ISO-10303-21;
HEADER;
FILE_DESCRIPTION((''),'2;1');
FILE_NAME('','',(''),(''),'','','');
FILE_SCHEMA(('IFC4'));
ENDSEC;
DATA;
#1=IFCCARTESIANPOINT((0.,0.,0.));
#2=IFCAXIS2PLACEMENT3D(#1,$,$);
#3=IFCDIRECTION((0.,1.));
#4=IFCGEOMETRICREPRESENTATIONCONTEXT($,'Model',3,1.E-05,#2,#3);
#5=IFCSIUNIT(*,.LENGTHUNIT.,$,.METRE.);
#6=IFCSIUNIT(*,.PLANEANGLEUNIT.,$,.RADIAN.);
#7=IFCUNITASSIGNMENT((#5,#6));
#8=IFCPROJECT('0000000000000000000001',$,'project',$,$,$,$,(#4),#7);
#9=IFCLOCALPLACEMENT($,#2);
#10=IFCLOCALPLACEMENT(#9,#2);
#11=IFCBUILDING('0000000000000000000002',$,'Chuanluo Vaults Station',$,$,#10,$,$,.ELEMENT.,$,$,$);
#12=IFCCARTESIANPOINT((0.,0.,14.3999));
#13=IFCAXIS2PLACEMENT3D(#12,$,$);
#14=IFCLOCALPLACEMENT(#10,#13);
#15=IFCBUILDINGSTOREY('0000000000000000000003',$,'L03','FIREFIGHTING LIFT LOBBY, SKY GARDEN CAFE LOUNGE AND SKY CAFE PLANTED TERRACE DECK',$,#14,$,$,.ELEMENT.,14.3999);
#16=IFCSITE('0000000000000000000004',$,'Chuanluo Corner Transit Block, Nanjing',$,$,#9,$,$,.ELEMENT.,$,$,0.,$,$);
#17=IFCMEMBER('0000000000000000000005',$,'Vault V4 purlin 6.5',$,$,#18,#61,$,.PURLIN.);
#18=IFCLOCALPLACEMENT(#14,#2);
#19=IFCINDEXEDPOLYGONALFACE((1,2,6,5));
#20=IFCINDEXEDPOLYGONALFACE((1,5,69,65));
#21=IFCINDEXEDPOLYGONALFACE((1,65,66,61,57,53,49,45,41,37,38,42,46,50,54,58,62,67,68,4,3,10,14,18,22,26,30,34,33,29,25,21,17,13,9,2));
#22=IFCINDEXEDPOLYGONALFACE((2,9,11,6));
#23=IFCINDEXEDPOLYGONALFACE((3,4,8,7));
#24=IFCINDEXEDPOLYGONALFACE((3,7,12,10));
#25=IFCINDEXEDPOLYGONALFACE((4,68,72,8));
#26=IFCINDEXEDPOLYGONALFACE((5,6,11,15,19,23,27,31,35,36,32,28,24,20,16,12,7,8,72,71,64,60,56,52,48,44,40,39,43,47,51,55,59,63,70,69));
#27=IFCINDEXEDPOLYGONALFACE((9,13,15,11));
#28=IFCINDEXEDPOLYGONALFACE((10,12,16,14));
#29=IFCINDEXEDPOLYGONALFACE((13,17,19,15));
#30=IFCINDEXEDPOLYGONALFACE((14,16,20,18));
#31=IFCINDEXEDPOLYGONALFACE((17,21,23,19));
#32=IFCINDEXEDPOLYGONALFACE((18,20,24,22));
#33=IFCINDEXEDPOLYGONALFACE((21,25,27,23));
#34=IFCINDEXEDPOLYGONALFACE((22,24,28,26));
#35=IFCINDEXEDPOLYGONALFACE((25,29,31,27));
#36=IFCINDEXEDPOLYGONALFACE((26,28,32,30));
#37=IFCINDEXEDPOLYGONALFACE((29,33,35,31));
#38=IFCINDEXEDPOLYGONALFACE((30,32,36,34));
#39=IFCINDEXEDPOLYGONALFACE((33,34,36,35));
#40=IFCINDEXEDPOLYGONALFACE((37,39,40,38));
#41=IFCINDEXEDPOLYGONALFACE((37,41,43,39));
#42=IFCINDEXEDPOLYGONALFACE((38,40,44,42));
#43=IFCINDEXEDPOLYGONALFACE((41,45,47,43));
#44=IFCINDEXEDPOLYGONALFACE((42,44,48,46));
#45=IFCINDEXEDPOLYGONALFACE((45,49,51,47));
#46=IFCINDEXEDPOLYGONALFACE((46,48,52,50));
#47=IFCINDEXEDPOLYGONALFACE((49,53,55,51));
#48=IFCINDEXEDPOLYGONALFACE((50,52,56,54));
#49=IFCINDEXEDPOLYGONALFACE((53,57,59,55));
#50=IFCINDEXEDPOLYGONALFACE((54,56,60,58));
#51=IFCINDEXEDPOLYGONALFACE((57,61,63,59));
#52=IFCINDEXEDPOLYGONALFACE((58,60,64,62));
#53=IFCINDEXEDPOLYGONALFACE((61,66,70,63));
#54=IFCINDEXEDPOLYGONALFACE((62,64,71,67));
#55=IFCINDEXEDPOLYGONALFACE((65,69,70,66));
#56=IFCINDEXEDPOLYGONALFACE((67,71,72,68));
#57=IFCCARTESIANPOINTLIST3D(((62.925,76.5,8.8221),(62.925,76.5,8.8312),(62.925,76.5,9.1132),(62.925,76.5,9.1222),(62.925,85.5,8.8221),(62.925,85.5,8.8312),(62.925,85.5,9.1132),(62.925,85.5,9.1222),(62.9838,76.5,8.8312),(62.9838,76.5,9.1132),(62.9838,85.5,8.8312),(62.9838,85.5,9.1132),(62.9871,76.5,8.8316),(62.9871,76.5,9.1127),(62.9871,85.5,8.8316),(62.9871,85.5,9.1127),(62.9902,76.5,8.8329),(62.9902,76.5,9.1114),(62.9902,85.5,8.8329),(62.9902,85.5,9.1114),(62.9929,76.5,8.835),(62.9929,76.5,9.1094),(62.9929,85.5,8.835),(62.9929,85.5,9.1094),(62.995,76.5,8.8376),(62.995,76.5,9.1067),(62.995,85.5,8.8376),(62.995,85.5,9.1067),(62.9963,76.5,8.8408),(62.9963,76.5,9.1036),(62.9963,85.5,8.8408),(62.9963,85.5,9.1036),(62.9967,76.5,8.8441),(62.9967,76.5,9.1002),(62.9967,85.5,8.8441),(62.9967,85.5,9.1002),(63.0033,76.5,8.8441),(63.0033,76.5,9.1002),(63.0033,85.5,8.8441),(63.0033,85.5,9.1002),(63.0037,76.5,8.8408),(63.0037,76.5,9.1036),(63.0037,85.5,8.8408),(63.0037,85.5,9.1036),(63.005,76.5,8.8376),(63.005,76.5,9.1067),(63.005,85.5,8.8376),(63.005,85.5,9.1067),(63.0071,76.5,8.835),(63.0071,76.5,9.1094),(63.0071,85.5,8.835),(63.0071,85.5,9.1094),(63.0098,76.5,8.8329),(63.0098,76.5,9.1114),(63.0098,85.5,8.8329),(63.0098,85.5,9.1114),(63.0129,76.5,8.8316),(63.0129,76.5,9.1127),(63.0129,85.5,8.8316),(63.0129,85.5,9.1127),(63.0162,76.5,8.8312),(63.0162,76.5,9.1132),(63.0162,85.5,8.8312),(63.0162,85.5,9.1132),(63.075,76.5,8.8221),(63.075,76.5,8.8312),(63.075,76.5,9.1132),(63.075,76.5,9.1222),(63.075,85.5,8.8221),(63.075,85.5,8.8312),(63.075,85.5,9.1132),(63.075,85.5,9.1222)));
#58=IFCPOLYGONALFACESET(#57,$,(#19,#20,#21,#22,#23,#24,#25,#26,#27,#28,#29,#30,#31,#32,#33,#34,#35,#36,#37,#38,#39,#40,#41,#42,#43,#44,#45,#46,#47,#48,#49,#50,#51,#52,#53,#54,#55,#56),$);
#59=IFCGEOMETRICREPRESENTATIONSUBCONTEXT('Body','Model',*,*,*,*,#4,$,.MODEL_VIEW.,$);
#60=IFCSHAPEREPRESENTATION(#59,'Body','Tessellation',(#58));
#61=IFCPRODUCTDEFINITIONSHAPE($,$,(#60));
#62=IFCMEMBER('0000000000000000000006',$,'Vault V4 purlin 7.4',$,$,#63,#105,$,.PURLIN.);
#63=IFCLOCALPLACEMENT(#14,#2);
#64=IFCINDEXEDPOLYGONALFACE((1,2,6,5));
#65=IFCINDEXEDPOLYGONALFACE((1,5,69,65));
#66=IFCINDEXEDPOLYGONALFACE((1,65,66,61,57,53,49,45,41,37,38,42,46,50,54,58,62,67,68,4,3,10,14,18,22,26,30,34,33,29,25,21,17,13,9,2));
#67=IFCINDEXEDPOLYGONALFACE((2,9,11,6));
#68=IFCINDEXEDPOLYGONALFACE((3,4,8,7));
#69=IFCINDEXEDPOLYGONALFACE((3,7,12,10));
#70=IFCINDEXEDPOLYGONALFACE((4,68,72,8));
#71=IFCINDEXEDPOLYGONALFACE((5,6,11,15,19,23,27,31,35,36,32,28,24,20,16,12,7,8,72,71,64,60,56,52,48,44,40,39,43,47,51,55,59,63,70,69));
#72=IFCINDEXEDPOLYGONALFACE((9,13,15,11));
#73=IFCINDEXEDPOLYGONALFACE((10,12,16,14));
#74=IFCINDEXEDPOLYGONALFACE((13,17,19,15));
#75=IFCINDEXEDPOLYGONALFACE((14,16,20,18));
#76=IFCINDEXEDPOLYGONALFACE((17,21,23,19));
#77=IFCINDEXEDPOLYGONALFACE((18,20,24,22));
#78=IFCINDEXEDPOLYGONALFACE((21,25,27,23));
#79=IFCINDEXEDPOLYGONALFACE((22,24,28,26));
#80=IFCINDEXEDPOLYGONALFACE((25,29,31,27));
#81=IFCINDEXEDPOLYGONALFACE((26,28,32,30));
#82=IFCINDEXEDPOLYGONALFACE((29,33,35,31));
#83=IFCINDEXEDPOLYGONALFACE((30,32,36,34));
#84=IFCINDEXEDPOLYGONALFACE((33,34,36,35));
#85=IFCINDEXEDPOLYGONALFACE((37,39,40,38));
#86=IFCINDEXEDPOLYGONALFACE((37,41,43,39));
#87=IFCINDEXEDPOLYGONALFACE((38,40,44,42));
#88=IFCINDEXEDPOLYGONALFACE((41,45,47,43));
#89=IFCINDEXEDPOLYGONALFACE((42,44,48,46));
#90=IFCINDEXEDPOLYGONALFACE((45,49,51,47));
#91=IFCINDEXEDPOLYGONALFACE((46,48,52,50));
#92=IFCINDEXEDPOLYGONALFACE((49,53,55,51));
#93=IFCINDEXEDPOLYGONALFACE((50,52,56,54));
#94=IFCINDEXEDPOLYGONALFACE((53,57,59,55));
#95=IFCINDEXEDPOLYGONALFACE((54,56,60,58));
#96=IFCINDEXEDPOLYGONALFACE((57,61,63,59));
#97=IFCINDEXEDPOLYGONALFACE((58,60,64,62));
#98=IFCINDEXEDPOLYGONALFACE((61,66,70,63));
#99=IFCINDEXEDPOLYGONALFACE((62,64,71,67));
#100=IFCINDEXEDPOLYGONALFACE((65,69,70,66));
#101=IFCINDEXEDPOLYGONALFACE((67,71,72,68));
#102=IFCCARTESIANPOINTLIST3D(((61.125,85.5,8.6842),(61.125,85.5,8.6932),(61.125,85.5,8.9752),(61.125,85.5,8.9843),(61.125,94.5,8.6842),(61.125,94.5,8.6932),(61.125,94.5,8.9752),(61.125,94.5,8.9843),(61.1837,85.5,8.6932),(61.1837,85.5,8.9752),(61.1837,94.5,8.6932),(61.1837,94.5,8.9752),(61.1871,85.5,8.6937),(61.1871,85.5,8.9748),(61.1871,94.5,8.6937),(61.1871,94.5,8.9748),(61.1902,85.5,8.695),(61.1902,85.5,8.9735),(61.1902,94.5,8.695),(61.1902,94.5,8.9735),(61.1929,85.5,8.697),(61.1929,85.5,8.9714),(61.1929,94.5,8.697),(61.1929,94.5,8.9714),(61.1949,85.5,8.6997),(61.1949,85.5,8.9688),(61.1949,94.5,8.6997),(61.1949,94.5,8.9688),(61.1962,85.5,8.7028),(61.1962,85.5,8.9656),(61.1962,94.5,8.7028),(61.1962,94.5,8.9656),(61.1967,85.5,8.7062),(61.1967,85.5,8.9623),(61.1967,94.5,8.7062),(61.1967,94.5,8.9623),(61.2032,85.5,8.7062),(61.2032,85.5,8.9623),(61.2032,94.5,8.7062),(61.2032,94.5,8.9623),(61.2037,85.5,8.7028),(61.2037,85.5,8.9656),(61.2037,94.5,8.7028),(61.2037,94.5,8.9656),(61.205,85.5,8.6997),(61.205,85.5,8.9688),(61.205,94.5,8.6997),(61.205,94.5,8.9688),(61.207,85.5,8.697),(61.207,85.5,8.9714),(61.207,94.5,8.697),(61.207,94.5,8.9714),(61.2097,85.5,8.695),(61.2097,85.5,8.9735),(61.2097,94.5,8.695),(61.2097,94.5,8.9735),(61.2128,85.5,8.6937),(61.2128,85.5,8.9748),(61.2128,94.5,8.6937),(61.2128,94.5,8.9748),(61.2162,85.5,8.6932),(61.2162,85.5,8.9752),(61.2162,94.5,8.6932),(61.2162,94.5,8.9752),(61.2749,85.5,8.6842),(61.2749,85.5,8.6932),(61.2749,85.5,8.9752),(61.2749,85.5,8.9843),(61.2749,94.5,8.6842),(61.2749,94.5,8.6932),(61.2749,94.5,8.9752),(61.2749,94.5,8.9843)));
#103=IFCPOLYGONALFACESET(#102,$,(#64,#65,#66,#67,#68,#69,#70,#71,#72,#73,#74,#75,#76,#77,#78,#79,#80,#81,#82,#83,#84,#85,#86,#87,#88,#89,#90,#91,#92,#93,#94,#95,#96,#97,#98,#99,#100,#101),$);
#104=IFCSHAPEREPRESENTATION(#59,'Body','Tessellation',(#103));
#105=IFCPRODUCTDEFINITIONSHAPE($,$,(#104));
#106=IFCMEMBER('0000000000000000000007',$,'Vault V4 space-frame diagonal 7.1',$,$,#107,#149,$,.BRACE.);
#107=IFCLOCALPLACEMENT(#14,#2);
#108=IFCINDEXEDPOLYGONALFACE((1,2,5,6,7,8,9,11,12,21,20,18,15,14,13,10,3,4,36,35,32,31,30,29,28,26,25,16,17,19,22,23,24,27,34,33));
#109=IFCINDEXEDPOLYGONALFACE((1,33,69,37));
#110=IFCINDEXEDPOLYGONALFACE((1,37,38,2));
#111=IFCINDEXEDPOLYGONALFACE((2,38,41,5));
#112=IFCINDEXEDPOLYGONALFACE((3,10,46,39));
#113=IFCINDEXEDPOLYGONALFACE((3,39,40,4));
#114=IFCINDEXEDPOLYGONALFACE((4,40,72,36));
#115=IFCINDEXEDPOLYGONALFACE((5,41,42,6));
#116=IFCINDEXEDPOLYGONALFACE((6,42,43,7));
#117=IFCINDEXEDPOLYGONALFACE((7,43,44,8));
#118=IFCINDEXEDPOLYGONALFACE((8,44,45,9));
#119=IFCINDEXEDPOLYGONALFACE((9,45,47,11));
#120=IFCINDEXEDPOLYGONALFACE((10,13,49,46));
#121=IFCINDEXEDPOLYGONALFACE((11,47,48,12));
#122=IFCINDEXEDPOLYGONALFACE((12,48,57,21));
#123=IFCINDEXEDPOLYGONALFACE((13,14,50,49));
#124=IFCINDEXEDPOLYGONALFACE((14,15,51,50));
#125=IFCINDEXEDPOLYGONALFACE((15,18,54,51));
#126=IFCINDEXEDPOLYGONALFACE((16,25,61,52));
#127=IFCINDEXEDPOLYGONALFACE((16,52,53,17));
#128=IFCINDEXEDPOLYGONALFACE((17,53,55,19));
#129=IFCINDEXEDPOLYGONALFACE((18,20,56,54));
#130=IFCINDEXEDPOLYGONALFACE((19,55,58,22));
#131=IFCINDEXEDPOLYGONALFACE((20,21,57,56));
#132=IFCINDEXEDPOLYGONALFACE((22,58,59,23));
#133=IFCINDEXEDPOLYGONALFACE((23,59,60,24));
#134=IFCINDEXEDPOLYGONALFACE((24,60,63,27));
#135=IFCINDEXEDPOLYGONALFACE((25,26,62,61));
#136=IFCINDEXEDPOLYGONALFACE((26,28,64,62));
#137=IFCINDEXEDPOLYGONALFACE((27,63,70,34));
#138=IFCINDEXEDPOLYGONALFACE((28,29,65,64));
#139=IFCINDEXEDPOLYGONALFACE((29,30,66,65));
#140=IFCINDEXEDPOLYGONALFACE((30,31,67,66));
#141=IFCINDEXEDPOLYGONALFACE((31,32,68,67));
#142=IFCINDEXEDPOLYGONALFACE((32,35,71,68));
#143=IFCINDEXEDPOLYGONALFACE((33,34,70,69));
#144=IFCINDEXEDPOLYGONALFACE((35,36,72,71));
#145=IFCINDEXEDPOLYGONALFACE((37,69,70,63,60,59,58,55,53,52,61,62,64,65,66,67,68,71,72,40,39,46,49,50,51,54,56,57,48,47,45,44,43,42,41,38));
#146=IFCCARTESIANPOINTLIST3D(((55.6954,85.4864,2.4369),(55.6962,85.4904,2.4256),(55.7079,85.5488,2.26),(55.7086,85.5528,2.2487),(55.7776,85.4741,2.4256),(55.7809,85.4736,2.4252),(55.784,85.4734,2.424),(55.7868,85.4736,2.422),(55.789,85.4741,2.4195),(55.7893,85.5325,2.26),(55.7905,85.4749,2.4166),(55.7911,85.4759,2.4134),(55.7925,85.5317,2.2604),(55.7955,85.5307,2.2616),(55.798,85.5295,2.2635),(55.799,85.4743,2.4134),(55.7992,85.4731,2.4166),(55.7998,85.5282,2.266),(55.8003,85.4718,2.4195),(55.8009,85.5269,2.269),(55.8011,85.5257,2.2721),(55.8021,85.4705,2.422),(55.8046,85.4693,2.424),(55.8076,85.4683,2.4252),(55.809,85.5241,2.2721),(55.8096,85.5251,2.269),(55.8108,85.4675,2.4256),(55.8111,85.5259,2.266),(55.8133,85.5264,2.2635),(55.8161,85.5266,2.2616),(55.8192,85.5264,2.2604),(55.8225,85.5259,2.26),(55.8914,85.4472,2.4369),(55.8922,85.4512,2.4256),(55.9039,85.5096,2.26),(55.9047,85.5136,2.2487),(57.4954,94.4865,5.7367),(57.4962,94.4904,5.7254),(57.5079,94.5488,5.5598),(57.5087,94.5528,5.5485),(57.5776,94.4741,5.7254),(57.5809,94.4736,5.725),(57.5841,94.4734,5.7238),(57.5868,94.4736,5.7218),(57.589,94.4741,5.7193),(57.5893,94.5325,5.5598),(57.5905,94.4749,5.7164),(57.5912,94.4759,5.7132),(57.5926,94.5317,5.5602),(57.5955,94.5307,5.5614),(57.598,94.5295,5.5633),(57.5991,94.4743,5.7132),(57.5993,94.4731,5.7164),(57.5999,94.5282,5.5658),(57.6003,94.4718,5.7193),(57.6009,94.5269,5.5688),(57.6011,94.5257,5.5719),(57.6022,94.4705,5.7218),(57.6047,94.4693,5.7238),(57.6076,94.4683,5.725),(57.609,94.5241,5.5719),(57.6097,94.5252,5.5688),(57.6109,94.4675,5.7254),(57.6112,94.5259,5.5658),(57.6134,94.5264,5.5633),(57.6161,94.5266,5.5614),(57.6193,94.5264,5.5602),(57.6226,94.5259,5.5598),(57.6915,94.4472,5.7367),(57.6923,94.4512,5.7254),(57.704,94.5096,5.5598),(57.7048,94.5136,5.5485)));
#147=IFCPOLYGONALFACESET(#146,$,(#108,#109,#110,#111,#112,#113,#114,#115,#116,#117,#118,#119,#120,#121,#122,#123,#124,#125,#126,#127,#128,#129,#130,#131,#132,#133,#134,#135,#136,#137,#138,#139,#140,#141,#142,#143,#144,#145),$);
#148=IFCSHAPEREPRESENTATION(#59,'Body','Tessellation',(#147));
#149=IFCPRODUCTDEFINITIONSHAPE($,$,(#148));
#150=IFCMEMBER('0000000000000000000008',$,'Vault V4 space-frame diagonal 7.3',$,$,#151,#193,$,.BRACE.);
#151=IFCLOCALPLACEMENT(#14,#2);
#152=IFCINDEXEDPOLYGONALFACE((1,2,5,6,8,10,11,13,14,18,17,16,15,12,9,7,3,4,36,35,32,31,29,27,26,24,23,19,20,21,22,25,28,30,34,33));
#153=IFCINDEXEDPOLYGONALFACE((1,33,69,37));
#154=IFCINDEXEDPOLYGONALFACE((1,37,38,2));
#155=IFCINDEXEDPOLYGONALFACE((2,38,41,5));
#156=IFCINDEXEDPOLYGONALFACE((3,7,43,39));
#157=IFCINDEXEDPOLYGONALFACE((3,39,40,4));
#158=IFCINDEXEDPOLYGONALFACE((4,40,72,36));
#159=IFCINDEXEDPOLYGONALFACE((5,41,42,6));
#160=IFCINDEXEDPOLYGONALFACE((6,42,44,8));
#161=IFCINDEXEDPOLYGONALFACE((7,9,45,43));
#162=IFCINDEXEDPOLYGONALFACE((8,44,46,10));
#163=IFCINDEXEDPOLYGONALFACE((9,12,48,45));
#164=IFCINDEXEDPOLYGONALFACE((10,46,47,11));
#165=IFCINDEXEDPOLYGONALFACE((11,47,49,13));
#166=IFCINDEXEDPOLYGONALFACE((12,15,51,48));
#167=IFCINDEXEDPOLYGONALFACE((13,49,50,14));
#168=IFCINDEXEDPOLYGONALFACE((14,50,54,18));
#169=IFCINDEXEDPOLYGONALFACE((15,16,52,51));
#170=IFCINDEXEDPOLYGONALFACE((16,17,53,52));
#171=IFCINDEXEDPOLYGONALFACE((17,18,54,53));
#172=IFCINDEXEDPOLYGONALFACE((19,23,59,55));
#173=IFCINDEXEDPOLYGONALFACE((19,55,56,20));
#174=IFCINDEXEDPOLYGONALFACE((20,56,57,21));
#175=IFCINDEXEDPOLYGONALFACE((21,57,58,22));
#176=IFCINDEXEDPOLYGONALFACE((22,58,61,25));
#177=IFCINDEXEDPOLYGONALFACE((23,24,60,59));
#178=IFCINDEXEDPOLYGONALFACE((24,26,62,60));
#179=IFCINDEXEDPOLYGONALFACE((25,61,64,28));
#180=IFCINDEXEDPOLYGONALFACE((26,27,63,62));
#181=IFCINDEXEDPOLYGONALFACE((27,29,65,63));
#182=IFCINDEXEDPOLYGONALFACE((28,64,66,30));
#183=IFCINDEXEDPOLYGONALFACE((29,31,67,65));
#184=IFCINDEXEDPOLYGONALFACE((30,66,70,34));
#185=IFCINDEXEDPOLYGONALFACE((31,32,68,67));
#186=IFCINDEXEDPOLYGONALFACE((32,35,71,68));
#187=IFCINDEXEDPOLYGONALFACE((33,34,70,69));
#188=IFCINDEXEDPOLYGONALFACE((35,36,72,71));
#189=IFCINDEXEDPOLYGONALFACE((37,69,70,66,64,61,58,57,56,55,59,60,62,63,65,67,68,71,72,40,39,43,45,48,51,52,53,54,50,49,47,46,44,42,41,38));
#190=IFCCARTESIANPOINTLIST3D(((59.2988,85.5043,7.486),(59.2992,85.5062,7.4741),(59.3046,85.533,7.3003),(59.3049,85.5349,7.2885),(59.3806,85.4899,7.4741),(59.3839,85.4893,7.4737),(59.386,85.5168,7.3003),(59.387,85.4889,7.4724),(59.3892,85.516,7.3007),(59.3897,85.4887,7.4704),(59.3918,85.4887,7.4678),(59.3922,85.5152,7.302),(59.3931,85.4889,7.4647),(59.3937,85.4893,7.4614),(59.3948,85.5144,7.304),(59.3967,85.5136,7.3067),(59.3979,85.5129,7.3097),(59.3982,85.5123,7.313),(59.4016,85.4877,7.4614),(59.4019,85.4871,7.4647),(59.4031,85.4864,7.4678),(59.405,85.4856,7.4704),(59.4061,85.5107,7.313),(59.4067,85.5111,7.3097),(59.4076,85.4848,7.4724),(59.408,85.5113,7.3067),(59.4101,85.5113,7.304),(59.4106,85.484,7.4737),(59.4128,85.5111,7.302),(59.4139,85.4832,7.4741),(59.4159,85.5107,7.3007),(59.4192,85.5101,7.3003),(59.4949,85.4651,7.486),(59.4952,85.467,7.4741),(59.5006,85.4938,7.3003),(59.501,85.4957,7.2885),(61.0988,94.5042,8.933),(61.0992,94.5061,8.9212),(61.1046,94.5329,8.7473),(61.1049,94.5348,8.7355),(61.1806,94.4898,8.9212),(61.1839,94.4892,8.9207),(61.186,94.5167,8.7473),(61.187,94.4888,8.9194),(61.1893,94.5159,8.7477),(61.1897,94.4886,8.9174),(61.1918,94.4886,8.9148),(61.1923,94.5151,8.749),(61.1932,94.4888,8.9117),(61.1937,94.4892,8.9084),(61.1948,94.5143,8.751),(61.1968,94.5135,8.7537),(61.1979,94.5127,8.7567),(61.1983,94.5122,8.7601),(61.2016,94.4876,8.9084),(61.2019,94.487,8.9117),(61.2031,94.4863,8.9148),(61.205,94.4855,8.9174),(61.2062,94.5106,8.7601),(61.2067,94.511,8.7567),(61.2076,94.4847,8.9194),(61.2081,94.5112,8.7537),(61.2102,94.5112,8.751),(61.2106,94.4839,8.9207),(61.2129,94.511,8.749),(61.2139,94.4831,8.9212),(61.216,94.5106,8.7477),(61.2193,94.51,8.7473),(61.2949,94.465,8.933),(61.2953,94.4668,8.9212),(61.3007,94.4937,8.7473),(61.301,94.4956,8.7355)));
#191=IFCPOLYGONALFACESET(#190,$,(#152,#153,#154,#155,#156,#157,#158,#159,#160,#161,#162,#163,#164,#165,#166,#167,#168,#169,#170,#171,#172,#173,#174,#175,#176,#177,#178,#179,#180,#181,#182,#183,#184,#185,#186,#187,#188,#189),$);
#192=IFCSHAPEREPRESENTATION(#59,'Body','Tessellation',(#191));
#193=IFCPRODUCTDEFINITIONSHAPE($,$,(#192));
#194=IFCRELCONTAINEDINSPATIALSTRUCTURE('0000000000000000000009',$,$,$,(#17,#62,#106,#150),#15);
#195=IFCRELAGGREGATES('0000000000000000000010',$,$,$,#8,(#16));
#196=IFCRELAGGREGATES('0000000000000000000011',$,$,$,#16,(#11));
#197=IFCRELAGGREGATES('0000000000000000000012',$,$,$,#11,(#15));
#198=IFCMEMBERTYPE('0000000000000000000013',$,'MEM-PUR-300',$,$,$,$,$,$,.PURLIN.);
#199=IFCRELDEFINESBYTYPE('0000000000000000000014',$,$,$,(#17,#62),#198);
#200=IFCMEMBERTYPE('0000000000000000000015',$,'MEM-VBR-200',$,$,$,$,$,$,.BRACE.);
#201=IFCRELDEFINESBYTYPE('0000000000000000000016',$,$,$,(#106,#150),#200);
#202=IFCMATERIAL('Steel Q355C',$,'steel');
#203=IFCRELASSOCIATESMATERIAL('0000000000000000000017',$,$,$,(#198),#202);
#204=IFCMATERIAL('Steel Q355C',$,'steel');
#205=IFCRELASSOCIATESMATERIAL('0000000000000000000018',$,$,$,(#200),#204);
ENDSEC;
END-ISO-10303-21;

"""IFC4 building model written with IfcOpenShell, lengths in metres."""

from ifc_helpers import new_model, si_unit, direction, frame, origin, origin_2d, place, context, subcontext, project, spatial, i_section, extrude, material, material_profile, profile_set, type_object, element, save


model = new_model("IFC4")

# Units and contexts
model_context = context("Model", 3, precision=1e-05, world=origin(), true_north=direction((0.0, 1.0)))
body_context = subcontext(model_context, "Body", "Model", "MODEL_VIEW")
ifc_project = project(units=[si_unit("LENGTHUNIT", "METRE"), si_unit("PLANEANGLEUNIT", "RADIAN")], contexts=[model_context])

# Site, building, storey
site_placement = place(None, origin())
site = spatial("IfcSite", under=ifc_project, at=site_placement, Name="Chuanluo Corner Transit Block, Nanjing", CompositionType="ELEMENT", RefElevation=0.0)
building_placement = place(site_placement, origin())
building = spatial("IfcBuilding", under=site, at=building_placement, Name="Chuanluo Vaults Station", CompositionType="ELEMENT")
storey_placement = place(building_placement, frame((0.0, 0.0, 14.3999)))
storey = spatial("IfcBuildingStorey", under=building, at=storey_placement, Name="L03", Description="FIREFIGHTING LIFT LOBBY, SKY GARDEN CAFE LOUNGE AND SKY CAFE PLANTED TERRACE DECK", CompositionType="ELEMENT", Elevation=14.3999)

# Members
ifc_material_1 = material(Name="Steel Q355C", Category="steel")
ifc_material_profile_1 = material_profile(ifc_material_1, i_section(OverallWidth=0.1499, OverallDepth=0.3, WebThickness=0.0066, FlangeThickness=0.009, FilletRadius=0.0129, at=origin_2d()))
ifc_profile_set_1 = profile_set([ifc_material_profile_1], Name="Steel Q355C")
member_type_1 = type_object("IfcMemberType", Name="MEM-PUR-300", PredefinedType="PURLIN", material=ifc_profile_set_1)
for number, where, z_axis, x_axis, name in (
    (1, (63.0, 76.5, 8.9722), (0.0, 1.0, 0.0), (-1.0, 0.0, 0.0), "Vault V4 purlin 6.5"),
    (2, (61.2, 85.5, 8.8342), (0.0, 1.0, 0.0), (-1.0, 0.0, 0.0), "Vault V4 purlin 7.4"),
):
    element("IfcMember", number, at=place(storey_placement, frame(where, z_axis=z_axis, x_axis=x_axis)), inside=storey, type_object=member_type_1, Name=name, PredefinedType="PURLIN", context=body_context, shape_type="SweptSolid", body=[
        extrude(i_section(OverallWidth=0.1499, OverallDepth=0.3, WebThickness=0.0066, FlangeThickness=0.009, FilletRadius=0.0129, at=origin_2d()), origin(), (0.0, 0.0, 1.0), 9.0),
    ])
ifc_material_2 = material(Name="Steel Q355C", Category="steel")
ifc_material_profile_2 = material_profile(ifc_material_2, i_section(OverallWidth=0.2, OverallDepth=0.2, WebThickness=0.0081, FlangeThickness=0.012, FilletRadius=0.0129, at=origin_2d()))
ifc_profile_set_2 = profile_set([ifc_material_profile_2], Name="Steel Q355C")
member_type_2 = type_object("IfcMemberType", Name="MEM-VBR-200", PredefinedType="BRACE", material=ifc_profile_set_2)
member_1_placement = place(storey_placement, frame((55.8, 85.5, 2.3428), z_axis=(0.184556, 0.922755, 0.338323), x_axis=(-0.98058, 0.196121, 0.0)))
element("IfcMember", 3, at=member_1_placement, inside=storey, type_object=member_type_2, Name="Vault V4 space-frame diagonal 7.1", PredefinedType="BRACE", context=body_context, shape_type="SweptSolid", body=[
    extrude(i_section(OverallWidth=0.2, OverallDepth=0.2, WebThickness=0.0081, FlangeThickness=0.012, FilletRadius=0.0129, at=origin_2d()), origin(), (0.0, 0.0, 1.0), 9.7534),
])
member_2_placement = place(storey_placement, frame((59.3999, 85.5, 7.3872), z_axis=(0.193728, 0.968616, 0.155734), x_axis=(-0.98058, 0.196121, 0.0)))
element("IfcMember", 4, at=member_2_placement, inside=storey, type_object=member_type_2, Name="Vault V4 space-frame diagonal 7.3", PredefinedType="BRACE", context=body_context, shape_type="SweptSolid", body=[
    extrude(i_section(OverallWidth=0.2, OverallDepth=0.2, WebThickness=0.0081, FlangeThickness=0.012, FilletRadius=0.0129, at=origin_2d()), origin(), (0.0, 0.0, 1.0), 9.2915),
])

save(model, "model.ifc")
